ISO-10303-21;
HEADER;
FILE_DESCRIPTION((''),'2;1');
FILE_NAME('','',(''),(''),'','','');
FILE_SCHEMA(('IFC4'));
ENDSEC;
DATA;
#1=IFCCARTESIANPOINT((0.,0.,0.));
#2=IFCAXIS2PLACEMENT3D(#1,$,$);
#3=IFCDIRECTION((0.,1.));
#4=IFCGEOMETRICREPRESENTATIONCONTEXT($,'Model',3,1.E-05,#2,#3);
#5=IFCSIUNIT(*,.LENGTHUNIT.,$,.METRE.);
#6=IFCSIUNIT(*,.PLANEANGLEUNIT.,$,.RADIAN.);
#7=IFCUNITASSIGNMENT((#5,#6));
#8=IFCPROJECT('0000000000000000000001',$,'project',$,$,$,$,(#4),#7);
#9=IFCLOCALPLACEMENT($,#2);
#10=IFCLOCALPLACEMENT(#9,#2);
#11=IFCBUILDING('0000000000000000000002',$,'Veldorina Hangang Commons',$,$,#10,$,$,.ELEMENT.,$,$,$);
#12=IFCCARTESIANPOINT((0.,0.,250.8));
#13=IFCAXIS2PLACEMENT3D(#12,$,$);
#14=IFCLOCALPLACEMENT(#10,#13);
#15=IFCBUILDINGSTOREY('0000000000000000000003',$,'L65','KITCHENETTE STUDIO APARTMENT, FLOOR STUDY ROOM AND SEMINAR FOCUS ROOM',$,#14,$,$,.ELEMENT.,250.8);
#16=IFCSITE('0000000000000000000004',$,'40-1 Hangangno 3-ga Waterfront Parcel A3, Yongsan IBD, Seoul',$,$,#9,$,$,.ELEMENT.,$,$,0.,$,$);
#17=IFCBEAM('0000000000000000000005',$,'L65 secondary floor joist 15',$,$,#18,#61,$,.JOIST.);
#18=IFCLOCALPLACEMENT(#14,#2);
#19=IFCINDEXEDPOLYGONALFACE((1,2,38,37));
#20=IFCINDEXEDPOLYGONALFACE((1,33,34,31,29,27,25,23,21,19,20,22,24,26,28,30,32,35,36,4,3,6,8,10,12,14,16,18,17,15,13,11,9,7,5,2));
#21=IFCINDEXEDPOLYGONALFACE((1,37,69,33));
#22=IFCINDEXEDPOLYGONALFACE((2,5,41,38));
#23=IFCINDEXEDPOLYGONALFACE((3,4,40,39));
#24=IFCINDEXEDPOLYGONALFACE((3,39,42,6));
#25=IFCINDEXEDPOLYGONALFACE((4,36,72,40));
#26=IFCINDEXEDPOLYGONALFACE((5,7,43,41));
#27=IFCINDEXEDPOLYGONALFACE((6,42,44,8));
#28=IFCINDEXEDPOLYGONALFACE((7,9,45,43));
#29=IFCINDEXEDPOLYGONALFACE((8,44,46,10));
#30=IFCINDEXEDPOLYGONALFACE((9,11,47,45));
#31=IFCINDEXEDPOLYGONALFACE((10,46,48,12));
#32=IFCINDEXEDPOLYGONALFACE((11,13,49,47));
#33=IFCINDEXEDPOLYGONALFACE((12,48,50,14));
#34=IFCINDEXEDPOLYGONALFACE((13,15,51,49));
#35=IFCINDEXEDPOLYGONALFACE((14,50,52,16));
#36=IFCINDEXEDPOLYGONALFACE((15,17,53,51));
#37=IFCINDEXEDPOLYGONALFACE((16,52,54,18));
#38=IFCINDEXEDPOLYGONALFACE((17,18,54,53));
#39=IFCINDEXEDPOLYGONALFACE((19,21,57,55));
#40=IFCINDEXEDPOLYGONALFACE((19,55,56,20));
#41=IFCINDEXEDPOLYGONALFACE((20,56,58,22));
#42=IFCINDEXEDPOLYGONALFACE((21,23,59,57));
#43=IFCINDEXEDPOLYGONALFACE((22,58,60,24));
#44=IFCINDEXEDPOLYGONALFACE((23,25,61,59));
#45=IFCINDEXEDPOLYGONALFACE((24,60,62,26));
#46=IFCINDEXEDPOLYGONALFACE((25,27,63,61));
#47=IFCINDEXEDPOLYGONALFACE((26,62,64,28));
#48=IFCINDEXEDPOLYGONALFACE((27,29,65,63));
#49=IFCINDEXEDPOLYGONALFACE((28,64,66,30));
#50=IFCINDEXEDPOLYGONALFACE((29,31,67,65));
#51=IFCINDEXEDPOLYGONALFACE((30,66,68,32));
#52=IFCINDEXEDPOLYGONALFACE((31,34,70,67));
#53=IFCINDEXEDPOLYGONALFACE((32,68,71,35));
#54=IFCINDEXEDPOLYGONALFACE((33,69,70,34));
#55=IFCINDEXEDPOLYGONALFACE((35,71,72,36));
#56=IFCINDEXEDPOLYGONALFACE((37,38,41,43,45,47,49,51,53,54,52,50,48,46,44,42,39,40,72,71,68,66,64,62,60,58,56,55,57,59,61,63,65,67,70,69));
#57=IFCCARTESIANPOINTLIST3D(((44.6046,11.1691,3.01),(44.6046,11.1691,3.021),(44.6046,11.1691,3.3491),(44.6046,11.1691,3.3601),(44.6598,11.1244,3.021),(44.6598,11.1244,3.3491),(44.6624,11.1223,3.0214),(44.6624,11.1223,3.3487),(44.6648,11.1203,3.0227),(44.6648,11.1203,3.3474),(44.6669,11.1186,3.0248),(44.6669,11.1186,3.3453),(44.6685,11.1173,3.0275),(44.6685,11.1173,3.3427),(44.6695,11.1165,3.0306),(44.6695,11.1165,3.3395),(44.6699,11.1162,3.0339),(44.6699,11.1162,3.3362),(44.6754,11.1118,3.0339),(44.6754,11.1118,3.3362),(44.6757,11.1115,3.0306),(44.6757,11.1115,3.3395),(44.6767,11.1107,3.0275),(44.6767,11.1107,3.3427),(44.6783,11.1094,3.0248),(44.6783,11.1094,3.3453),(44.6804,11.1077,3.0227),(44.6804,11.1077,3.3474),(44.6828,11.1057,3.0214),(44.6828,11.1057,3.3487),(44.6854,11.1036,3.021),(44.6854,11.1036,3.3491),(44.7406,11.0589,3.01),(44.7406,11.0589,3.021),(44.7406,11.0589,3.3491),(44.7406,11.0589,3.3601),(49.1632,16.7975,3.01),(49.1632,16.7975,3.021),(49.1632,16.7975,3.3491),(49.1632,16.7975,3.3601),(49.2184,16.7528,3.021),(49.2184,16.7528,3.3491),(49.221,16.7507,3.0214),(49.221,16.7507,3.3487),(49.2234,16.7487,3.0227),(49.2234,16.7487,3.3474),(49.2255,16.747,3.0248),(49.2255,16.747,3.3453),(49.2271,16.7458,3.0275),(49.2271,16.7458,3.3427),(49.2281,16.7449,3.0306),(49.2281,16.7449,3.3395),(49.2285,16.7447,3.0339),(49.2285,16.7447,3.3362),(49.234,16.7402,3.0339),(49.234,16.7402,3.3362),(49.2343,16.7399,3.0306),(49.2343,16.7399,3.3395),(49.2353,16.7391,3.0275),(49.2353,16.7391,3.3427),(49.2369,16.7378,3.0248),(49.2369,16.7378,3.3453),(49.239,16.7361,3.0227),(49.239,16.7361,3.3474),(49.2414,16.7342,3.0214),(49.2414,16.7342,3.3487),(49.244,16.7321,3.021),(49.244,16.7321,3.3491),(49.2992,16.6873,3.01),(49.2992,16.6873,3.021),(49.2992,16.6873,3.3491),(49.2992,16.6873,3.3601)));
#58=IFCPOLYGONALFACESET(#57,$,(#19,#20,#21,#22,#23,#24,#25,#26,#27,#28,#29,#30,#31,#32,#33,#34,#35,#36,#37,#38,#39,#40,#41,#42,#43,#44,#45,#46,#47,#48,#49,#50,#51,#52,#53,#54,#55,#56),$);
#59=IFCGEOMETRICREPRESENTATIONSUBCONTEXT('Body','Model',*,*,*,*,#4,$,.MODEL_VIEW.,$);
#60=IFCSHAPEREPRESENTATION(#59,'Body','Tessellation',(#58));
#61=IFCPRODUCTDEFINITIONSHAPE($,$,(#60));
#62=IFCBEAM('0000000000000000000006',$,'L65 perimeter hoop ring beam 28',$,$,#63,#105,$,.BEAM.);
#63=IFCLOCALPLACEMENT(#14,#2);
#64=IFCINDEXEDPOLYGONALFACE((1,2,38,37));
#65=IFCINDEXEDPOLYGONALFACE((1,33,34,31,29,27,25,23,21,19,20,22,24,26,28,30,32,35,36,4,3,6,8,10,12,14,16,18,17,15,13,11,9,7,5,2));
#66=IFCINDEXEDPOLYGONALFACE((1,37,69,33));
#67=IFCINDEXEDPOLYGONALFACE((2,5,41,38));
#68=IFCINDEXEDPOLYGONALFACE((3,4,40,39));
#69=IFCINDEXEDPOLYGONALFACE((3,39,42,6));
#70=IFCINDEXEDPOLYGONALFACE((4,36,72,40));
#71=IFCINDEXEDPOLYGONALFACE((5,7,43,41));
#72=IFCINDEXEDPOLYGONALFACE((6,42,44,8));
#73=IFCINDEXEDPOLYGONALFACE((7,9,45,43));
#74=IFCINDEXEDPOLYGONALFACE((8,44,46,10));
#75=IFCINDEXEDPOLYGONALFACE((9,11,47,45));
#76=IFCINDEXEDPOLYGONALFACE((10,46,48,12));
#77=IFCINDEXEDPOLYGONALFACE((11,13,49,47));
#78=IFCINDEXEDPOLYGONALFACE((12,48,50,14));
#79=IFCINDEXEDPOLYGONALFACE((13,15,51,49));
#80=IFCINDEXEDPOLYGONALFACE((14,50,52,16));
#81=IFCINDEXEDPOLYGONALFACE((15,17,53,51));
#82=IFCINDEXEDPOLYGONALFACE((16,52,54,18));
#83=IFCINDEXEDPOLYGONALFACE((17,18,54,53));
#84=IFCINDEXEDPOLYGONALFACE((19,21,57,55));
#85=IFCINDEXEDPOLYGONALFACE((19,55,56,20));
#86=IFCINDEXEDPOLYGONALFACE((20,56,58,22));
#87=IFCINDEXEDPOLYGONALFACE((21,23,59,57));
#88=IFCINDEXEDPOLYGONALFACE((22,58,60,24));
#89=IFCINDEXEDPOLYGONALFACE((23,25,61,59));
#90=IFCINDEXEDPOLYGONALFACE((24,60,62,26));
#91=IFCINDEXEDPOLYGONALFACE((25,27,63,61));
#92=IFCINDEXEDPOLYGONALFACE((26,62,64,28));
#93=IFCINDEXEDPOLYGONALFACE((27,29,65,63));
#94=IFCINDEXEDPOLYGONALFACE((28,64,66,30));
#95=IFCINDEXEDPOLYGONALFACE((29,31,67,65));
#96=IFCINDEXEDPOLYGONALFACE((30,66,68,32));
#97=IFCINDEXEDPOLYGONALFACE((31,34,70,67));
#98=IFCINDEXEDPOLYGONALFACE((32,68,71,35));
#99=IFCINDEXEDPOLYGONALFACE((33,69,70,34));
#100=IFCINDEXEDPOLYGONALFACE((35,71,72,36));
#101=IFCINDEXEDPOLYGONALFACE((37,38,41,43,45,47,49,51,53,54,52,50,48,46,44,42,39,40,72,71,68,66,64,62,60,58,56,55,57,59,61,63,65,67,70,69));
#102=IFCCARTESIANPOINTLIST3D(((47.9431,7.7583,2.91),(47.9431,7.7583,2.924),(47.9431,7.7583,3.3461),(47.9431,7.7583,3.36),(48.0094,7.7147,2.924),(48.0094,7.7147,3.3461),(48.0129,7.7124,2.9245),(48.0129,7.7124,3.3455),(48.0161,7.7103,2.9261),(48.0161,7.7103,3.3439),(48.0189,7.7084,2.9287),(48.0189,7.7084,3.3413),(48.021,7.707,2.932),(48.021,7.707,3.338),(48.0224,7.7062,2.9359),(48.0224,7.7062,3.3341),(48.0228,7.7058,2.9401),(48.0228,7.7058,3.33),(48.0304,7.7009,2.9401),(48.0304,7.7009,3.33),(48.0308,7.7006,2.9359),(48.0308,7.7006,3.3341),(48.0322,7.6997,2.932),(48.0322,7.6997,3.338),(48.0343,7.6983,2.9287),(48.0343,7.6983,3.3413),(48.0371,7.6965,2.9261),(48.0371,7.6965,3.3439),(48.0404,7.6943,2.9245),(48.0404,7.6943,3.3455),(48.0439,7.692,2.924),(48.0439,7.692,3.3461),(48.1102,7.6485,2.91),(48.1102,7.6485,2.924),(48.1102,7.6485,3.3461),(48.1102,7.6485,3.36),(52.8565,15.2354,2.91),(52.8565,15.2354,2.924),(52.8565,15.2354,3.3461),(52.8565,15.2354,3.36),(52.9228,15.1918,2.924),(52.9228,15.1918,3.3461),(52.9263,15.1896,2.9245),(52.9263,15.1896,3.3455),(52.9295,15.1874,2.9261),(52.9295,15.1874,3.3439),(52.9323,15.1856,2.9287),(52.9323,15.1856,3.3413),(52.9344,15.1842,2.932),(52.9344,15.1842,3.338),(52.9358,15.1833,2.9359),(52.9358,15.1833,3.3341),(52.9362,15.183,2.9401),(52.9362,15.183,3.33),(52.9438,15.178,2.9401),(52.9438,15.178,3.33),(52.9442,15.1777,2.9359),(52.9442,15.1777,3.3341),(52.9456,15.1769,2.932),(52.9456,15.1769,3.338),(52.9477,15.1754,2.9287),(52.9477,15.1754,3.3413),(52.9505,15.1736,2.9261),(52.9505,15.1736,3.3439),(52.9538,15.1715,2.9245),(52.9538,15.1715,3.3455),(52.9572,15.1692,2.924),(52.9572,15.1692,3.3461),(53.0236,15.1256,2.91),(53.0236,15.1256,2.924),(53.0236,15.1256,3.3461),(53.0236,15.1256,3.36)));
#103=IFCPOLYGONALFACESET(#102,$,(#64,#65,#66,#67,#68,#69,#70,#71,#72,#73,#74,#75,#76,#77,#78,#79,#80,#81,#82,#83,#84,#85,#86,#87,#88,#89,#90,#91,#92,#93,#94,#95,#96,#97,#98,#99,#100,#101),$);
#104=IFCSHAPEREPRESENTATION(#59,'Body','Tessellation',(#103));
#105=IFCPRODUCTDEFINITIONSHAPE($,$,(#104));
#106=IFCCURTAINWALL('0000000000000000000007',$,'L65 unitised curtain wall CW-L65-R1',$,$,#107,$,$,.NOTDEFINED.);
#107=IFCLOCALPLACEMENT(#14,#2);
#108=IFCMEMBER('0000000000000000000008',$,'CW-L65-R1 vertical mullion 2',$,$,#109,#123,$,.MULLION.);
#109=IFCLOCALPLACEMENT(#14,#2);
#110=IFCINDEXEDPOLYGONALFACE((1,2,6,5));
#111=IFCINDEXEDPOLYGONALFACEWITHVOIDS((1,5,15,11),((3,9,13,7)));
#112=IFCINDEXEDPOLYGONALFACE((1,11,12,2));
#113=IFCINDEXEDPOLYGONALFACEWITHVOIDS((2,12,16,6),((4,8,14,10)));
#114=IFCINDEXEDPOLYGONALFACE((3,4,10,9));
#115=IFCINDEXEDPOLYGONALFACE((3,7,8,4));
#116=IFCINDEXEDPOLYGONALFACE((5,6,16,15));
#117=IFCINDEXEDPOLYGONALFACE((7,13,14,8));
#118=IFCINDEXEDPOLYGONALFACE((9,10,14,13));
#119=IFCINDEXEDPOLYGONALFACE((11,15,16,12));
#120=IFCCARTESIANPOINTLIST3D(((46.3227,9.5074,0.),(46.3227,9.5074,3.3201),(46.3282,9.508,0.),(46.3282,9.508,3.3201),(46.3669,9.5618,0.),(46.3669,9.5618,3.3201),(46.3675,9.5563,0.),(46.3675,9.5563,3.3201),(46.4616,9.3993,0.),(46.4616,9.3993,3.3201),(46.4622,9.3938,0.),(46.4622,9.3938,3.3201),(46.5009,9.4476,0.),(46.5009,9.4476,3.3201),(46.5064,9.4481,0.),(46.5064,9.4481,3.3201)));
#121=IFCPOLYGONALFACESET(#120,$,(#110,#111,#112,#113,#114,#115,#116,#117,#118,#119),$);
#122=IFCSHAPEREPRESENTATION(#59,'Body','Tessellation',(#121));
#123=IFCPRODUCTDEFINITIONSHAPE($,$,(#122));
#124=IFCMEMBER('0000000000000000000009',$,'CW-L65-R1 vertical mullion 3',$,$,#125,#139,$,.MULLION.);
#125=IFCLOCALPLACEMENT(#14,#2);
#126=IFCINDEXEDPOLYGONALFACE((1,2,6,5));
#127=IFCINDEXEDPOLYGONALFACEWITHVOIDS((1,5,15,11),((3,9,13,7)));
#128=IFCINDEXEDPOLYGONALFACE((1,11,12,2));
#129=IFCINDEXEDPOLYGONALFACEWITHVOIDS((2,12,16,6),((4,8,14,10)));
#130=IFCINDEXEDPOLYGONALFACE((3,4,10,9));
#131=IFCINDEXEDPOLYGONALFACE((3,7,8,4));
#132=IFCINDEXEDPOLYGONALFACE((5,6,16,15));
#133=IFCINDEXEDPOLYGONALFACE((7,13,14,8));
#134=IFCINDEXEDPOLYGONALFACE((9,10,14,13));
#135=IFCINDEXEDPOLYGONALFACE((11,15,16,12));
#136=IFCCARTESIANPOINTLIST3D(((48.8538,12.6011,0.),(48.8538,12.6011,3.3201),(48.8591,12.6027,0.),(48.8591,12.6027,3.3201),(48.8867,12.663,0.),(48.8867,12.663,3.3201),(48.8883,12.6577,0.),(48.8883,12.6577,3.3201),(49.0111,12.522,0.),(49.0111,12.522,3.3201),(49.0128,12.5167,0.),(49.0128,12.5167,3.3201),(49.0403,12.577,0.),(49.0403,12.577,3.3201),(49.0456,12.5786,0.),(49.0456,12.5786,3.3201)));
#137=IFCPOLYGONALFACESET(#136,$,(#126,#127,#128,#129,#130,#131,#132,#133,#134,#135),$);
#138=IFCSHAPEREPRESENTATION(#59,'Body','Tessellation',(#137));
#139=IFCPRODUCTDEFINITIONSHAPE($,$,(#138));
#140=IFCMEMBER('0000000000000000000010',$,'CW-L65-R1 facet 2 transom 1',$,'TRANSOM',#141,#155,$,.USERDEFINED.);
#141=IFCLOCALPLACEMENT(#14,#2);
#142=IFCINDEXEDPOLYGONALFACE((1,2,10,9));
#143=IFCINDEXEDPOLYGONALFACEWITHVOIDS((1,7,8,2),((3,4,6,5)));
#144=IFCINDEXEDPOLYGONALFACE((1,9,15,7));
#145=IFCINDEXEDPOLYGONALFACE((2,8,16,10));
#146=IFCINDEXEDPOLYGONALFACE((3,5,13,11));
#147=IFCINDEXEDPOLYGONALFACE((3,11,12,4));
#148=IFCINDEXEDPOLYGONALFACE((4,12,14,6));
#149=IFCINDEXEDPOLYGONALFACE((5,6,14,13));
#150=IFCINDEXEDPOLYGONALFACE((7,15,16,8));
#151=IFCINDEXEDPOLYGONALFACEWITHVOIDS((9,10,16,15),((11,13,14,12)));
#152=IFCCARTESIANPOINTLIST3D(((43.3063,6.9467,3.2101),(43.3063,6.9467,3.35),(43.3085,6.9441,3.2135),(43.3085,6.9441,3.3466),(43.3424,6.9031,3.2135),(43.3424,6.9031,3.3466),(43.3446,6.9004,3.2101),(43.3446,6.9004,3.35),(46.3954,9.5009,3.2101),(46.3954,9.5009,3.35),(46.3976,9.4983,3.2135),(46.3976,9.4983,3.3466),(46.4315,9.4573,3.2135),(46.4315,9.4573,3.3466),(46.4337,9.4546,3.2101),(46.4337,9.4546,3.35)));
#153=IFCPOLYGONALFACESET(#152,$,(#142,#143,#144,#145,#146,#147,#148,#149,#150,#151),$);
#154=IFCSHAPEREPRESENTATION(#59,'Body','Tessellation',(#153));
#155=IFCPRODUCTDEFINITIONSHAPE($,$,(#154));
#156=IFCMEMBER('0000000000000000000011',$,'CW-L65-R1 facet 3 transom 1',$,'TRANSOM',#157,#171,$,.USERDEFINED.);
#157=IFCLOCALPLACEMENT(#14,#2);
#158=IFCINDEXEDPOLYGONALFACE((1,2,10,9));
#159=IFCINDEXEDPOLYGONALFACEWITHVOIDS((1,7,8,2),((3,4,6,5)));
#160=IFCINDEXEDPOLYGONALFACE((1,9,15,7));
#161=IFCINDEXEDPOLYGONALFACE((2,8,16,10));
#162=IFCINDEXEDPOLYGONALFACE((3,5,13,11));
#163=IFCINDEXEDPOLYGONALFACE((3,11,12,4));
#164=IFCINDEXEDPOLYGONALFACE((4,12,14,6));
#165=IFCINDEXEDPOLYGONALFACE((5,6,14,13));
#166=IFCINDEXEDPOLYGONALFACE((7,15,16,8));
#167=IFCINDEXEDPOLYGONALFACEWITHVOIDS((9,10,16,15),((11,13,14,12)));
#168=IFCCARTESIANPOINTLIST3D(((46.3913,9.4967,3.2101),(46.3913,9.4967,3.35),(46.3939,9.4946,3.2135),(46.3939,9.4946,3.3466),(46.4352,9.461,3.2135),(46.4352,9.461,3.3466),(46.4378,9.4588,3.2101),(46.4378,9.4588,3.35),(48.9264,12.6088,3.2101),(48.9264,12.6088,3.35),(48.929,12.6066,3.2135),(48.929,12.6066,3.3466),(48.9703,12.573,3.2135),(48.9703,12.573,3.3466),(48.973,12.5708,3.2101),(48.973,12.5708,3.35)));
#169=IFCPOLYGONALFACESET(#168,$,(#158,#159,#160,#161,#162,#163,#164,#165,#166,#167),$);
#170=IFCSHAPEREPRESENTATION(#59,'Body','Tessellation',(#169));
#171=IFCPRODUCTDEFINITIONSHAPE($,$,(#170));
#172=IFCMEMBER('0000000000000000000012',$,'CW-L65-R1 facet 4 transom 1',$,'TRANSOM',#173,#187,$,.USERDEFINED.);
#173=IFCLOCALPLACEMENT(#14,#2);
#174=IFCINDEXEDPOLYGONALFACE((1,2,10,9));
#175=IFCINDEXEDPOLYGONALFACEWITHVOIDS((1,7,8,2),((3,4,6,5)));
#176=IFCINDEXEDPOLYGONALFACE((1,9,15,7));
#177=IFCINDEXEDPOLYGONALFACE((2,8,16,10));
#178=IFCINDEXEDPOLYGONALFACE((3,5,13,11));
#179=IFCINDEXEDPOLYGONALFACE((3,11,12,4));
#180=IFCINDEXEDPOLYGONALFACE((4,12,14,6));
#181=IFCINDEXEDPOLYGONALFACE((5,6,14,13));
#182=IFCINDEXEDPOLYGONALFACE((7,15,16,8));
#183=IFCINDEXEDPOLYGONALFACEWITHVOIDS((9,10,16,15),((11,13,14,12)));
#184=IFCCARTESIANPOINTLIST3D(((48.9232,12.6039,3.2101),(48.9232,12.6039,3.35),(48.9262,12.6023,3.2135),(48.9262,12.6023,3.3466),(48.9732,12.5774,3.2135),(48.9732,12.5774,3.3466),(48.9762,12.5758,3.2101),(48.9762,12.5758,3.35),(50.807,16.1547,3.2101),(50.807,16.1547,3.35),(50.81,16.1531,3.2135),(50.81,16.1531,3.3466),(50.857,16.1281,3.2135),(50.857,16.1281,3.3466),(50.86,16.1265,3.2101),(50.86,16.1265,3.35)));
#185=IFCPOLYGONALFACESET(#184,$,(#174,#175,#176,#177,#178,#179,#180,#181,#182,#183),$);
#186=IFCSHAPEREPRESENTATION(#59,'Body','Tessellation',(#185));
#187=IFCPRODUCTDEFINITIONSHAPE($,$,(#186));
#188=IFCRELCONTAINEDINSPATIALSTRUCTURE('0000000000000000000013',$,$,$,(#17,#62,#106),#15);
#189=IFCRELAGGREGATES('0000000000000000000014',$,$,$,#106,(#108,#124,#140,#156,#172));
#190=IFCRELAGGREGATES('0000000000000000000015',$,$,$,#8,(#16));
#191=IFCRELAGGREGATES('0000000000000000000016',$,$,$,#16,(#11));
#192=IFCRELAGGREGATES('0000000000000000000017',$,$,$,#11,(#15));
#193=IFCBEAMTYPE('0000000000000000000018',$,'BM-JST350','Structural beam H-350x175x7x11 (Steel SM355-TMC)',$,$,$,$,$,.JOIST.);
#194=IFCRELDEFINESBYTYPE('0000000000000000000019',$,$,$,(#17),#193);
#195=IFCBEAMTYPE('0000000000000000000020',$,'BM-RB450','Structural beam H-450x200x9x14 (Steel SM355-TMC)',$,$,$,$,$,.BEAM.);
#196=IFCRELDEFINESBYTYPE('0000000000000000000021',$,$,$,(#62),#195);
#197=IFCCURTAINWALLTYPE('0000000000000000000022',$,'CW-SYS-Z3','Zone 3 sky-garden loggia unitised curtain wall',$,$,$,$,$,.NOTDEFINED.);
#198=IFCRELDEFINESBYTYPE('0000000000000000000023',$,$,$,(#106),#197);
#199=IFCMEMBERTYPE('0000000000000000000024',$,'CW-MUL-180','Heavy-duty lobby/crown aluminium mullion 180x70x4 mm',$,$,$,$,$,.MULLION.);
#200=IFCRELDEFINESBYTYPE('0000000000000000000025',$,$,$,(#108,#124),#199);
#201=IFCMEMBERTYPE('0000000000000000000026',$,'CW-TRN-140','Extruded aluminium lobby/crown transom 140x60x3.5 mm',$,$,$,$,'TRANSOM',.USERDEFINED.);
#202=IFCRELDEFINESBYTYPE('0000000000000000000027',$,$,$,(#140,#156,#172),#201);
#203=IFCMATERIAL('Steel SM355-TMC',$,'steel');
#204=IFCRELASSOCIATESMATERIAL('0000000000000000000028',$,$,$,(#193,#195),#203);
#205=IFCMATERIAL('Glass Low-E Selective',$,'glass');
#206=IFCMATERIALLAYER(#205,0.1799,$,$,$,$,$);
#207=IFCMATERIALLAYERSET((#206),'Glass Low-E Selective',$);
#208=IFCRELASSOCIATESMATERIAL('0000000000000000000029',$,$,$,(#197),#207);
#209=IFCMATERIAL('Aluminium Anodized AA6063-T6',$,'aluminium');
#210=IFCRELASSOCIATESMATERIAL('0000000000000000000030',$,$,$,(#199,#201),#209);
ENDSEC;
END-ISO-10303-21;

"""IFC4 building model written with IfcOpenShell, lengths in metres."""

from ifc_helpers import new_model, si_unit, direction, frame, origin, origin_2d, place, context, subcontext, project, spatial, hollow_rectangle, i_section, extrude, material, layer, layer_set, material_profile, profile_set, type_object, element, aggregate, save


model = new_model("IFC4")

# Units and contexts
model_context = context("Model", 3, precision=1e-05, world=origin(), true_north=direction((0.0, 1.0)))
body_context = subcontext(model_context, "Body", "Model", "MODEL_VIEW")
ifc_project = project(units=[si_unit("LENGTHUNIT", "METRE"), si_unit("PLANEANGLEUNIT", "RADIAN")], contexts=[model_context])

# Site, building, storey
site_placement = place(None, origin())
site = spatial("IfcSite", under=ifc_project, at=site_placement, Name="40-1 Hangangno 3-ga Waterfront Parcel A3, Yongsan IBD, Seoul", CompositionType="ELEMENT", RefElevation=0.0)
building_placement = place(site_placement, origin())
building = spatial("IfcBuilding", under=site, at=building_placement, Name="Veldorina Hangang Commons", CompositionType="ELEMENT")
storey_placement = place(building_placement, frame((0.0, 0.0, 250.8)))
storey = spatial("IfcBuildingStorey", under=building, at=storey_placement, Name="L65", Description="KITCHENETTE STUDIO APARTMENT, FLOOR STUDY ROOM AND SEMINAR FOCUS ROOM", CompositionType="ELEMENT", Elevation=250.8)

# Beams
ifc_material_1 = material(Name="Steel SM355-TMC", Category="steel")
ifc_material_profile_1 = material_profile(ifc_material_1, i_section(OverallWidth=0.175, OverallDepth=0.3501, WebThickness=0.0071, FlangeThickness=0.011, FilletRadius=0.0129, at=origin_2d()), Name="H-350x175x7x11")
ifc_profile_set_1 = profile_set([ifc_material_profile_1], Name="Steel SM355-TMC")
beam_type_1 = type_object("IfcBeamType", Name="BM-JST350", Description="Structural beam H-350x175x7x11 (Steel SM355-TMC)", PredefinedType="JOIST", material=ifc_profile_set_1)
beam_1_placement = place(storey_placement, frame((44.6726, 11.114, 3.1851), z_axis=(0.629386, 0.777093, 0.0), x_axis=(-0.777093, 0.629386, 0.0)))
element("IfcBeam", 1, at=beam_1_placement, inside=storey, type_object=beam_type_1, Name="L65 secondary floor joist 15", PredefinedType="JOIST", context=body_context, shape_type="SweptSolid", body=[
    extrude(i_section(OverallWidth=0.175, OverallDepth=0.3501, WebThickness=0.0071, FlangeThickness=0.011, FilletRadius=0.0129, at=origin_2d()), origin(), (0.0, 0.0, 1.0), 7.2429),
])
ifc_material_profile_2 = material_profile(ifc_material_1, i_section(OverallWidth=0.2, OverallDepth=0.45, WebThickness=0.009, FlangeThickness=0.0139, FilletRadius=0.0161, at=origin_2d()), Name="H-450x200x9x14")
ifc_profile_set_2 = profile_set([ifc_material_profile_2], Name="Steel SM355-TMC")
beam_type_2 = type_object("IfcBeamType", Name="BM-RB450", Description="Structural beam H-450x200x9x14 (Steel SM355-TMC)", PredefinedType="BEAM", material=ifc_profile_set_2)
beam_2_placement = place(storey_placement, frame((48.0266, 7.7034, 3.135), z_axis=(0.549165, 0.835714, 0.0), x_axis=(-0.835714, 0.549165, 0.0)))
element("IfcBeam", 2, at=beam_2_placement, inside=storey, type_object=beam_type_2, Name="L65 perimeter hoop ring beam 28", PredefinedType="BEAM", context=body_context, shape_type="SweptSolid", body=[
    extrude(i_section(OverallWidth=0.2, OverallDepth=0.45, WebThickness=0.009, FlangeThickness=0.0139, FilletRadius=0.0161, at=origin_2d()), origin(), (0.0, 0.0, 1.0), 8.947),
])

# Curtain wall, members
ifc_material_2 = material(Name="Glass Low-E Selective", Category="glass")
ifc_layer_1 = layer(ifc_material_2, 0.1799)
ifc_layer_set_1 = layer_set([ifc_layer_1], Name="Glass Low-E Selective")
curtain_wall_type = type_object("IfcCurtainWallType", Name="CW-SYS-Z3", Description="Zone 3 sky-garden loggia unitised curtain wall", PredefinedType="NOTDEFINED", material=ifc_layer_set_1)
curtain_wall_placement = place(storey_placement, origin())
curtain_wall = element("IfcCurtainWall", 3, at=curtain_wall_placement, inside=storey, type_object=curtain_wall_type, Name="L65 unitised curtain wall CW-L65-R1", PredefinedType="NOTDEFINED")
ifc_material_3 = material(Name="Aluminium Anodized AA6063-T6", Category="aluminium")
ifc_material_profile_3 = material_profile(ifc_material_3, hollow_rectangle(XDim=0.0701, YDim=0.1799, WallThickness=0.0039, at=origin_2d()), Name="ALU-RHS-180x70x4")
ifc_profile_set_3 = profile_set([ifc_material_profile_3], Name="Aluminium Anodized AA6063-T6")
member_type_1 = type_object("IfcMemberType", Name="CW-MUL-180", Description="Heavy-duty lobby/crown aluminium mullion 180x70x4 mm", PredefinedType="MULLION", material=ifc_profile_set_3)
member_1_placement = place(storey_placement, frame((46.4146, 9.4778, 0.0), z_axis=(0.0, 0.0, 1.0), x_axis=(0.631569, 0.775319, 0.0)))
member_1 = element("IfcMember", 4, at=member_1_placement, type_object=member_type_1, Name="CW-L65-R1 vertical mullion 2", PredefinedType="MULLION", context=body_context, shape_type="SweptSolid", body=[
    extrude(hollow_rectangle(XDim=0.0701, YDim=0.1799, WallThickness=0.0039, at=origin_2d()), origin(), (0.0, 0.0, 1.0), 3.3201),
])
member_2_placement = place(storey_placement, frame((48.9497, 12.5898, 0.0), z_axis=(0.0, 0.0, 1.0), x_axis=(0.46867, 0.883373, 0.0)))
member_2 = element("IfcMember", 5, at=member_2_placement, type_object=member_type_1, Name="CW-L65-R1 vertical mullion 3", PredefinedType="MULLION", context=body_context, shape_type="SweptSolid", body=[
    extrude(hollow_rectangle(XDim=0.0701, YDim=0.1799, WallThickness=0.0039, at=origin_2d()), origin(), (0.0, 0.0, 1.0), 3.3201),
])
ifc_material_profile_4 = material_profile(ifc_material_3, hollow_rectangle(XDim=0.0601, YDim=0.1399, WallThickness=0.0034, at=origin_2d()), Name="ALU-RHS-140x60x3.5")
ifc_profile_set_4 = profile_set([ifc_material_profile_4], Name="Aluminium Anodized AA6063-T6")
member_type_2 = type_object("IfcMemberType", Name="CW-TRN-140", Description="Extruded aluminium lobby/crown transom 140x60x3.5 mm", ElementType="TRANSOM", PredefinedType="USERDEFINED", material=ifc_profile_set_4)
member_3_placement = place(storey_placement, frame((43.3254, 6.9236, 3.28), z_axis=(0.770677, 0.637226, 0.0), x_axis=(-0.637226, 0.770677, 0.0)))
member_3 = element("IfcMember", 6, at=member_3_placement, type_object=member_type_2, Name="CW-L65-R1 facet 2 transom 1", ObjectType="TRANSOM", PredefinedType="USERDEFINED", context=body_context, shape_type="SweptSolid", body=[
    extrude(hollow_rectangle(XDim=0.0601, YDim=0.1399, WallThickness=0.0034, at=origin_2d()), origin(), (0.0, 0.0, 1.0), 4.0083),
])
member_4_placement = place(storey_placement, frame((46.4146, 9.4778, 3.28), z_axis=(0.631584, 0.775308, 0.0), x_axis=(-0.775308, 0.631584, 0.0)))
member_4 = element("IfcMember", 7, at=member_4_placement, type_object=member_type_2, Name="CW-L65-R1 facet 3 transom 1", ObjectType="TRANSOM", PredefinedType="USERDEFINED", context=body_context, shape_type="SweptSolid", body=[
    extrude(hollow_rectangle(XDim=0.0601, YDim=0.1399, WallThickness=0.0034, at=origin_2d()), origin(), (0.0, 0.0, 1.0), 4.0139),
])
member_5_placement = place(storey_placement, frame((48.9497, 12.5898, 3.28), z_axis=(0.468658, 0.88338, 0.0), x_axis=(-0.88338, 0.468658, 0.0)))
member_5 = element("IfcMember", 8, at=member_5_placement, type_object=member_type_2, Name="CW-L65-R1 facet 4 transom 1", ObjectType="TRANSOM", PredefinedType="USERDEFINED", context=body_context, shape_type="SweptSolid", body=[
    extrude(hollow_rectangle(XDim=0.0601, YDim=0.1399, WallThickness=0.0034, at=origin_2d()), origin(), (0.0, 0.0, 1.0), 4.0195),
])

aggregate(curtain_wall, [member_1, member_2, member_3, member_4, member_5])

save(model, "model.ifc")
